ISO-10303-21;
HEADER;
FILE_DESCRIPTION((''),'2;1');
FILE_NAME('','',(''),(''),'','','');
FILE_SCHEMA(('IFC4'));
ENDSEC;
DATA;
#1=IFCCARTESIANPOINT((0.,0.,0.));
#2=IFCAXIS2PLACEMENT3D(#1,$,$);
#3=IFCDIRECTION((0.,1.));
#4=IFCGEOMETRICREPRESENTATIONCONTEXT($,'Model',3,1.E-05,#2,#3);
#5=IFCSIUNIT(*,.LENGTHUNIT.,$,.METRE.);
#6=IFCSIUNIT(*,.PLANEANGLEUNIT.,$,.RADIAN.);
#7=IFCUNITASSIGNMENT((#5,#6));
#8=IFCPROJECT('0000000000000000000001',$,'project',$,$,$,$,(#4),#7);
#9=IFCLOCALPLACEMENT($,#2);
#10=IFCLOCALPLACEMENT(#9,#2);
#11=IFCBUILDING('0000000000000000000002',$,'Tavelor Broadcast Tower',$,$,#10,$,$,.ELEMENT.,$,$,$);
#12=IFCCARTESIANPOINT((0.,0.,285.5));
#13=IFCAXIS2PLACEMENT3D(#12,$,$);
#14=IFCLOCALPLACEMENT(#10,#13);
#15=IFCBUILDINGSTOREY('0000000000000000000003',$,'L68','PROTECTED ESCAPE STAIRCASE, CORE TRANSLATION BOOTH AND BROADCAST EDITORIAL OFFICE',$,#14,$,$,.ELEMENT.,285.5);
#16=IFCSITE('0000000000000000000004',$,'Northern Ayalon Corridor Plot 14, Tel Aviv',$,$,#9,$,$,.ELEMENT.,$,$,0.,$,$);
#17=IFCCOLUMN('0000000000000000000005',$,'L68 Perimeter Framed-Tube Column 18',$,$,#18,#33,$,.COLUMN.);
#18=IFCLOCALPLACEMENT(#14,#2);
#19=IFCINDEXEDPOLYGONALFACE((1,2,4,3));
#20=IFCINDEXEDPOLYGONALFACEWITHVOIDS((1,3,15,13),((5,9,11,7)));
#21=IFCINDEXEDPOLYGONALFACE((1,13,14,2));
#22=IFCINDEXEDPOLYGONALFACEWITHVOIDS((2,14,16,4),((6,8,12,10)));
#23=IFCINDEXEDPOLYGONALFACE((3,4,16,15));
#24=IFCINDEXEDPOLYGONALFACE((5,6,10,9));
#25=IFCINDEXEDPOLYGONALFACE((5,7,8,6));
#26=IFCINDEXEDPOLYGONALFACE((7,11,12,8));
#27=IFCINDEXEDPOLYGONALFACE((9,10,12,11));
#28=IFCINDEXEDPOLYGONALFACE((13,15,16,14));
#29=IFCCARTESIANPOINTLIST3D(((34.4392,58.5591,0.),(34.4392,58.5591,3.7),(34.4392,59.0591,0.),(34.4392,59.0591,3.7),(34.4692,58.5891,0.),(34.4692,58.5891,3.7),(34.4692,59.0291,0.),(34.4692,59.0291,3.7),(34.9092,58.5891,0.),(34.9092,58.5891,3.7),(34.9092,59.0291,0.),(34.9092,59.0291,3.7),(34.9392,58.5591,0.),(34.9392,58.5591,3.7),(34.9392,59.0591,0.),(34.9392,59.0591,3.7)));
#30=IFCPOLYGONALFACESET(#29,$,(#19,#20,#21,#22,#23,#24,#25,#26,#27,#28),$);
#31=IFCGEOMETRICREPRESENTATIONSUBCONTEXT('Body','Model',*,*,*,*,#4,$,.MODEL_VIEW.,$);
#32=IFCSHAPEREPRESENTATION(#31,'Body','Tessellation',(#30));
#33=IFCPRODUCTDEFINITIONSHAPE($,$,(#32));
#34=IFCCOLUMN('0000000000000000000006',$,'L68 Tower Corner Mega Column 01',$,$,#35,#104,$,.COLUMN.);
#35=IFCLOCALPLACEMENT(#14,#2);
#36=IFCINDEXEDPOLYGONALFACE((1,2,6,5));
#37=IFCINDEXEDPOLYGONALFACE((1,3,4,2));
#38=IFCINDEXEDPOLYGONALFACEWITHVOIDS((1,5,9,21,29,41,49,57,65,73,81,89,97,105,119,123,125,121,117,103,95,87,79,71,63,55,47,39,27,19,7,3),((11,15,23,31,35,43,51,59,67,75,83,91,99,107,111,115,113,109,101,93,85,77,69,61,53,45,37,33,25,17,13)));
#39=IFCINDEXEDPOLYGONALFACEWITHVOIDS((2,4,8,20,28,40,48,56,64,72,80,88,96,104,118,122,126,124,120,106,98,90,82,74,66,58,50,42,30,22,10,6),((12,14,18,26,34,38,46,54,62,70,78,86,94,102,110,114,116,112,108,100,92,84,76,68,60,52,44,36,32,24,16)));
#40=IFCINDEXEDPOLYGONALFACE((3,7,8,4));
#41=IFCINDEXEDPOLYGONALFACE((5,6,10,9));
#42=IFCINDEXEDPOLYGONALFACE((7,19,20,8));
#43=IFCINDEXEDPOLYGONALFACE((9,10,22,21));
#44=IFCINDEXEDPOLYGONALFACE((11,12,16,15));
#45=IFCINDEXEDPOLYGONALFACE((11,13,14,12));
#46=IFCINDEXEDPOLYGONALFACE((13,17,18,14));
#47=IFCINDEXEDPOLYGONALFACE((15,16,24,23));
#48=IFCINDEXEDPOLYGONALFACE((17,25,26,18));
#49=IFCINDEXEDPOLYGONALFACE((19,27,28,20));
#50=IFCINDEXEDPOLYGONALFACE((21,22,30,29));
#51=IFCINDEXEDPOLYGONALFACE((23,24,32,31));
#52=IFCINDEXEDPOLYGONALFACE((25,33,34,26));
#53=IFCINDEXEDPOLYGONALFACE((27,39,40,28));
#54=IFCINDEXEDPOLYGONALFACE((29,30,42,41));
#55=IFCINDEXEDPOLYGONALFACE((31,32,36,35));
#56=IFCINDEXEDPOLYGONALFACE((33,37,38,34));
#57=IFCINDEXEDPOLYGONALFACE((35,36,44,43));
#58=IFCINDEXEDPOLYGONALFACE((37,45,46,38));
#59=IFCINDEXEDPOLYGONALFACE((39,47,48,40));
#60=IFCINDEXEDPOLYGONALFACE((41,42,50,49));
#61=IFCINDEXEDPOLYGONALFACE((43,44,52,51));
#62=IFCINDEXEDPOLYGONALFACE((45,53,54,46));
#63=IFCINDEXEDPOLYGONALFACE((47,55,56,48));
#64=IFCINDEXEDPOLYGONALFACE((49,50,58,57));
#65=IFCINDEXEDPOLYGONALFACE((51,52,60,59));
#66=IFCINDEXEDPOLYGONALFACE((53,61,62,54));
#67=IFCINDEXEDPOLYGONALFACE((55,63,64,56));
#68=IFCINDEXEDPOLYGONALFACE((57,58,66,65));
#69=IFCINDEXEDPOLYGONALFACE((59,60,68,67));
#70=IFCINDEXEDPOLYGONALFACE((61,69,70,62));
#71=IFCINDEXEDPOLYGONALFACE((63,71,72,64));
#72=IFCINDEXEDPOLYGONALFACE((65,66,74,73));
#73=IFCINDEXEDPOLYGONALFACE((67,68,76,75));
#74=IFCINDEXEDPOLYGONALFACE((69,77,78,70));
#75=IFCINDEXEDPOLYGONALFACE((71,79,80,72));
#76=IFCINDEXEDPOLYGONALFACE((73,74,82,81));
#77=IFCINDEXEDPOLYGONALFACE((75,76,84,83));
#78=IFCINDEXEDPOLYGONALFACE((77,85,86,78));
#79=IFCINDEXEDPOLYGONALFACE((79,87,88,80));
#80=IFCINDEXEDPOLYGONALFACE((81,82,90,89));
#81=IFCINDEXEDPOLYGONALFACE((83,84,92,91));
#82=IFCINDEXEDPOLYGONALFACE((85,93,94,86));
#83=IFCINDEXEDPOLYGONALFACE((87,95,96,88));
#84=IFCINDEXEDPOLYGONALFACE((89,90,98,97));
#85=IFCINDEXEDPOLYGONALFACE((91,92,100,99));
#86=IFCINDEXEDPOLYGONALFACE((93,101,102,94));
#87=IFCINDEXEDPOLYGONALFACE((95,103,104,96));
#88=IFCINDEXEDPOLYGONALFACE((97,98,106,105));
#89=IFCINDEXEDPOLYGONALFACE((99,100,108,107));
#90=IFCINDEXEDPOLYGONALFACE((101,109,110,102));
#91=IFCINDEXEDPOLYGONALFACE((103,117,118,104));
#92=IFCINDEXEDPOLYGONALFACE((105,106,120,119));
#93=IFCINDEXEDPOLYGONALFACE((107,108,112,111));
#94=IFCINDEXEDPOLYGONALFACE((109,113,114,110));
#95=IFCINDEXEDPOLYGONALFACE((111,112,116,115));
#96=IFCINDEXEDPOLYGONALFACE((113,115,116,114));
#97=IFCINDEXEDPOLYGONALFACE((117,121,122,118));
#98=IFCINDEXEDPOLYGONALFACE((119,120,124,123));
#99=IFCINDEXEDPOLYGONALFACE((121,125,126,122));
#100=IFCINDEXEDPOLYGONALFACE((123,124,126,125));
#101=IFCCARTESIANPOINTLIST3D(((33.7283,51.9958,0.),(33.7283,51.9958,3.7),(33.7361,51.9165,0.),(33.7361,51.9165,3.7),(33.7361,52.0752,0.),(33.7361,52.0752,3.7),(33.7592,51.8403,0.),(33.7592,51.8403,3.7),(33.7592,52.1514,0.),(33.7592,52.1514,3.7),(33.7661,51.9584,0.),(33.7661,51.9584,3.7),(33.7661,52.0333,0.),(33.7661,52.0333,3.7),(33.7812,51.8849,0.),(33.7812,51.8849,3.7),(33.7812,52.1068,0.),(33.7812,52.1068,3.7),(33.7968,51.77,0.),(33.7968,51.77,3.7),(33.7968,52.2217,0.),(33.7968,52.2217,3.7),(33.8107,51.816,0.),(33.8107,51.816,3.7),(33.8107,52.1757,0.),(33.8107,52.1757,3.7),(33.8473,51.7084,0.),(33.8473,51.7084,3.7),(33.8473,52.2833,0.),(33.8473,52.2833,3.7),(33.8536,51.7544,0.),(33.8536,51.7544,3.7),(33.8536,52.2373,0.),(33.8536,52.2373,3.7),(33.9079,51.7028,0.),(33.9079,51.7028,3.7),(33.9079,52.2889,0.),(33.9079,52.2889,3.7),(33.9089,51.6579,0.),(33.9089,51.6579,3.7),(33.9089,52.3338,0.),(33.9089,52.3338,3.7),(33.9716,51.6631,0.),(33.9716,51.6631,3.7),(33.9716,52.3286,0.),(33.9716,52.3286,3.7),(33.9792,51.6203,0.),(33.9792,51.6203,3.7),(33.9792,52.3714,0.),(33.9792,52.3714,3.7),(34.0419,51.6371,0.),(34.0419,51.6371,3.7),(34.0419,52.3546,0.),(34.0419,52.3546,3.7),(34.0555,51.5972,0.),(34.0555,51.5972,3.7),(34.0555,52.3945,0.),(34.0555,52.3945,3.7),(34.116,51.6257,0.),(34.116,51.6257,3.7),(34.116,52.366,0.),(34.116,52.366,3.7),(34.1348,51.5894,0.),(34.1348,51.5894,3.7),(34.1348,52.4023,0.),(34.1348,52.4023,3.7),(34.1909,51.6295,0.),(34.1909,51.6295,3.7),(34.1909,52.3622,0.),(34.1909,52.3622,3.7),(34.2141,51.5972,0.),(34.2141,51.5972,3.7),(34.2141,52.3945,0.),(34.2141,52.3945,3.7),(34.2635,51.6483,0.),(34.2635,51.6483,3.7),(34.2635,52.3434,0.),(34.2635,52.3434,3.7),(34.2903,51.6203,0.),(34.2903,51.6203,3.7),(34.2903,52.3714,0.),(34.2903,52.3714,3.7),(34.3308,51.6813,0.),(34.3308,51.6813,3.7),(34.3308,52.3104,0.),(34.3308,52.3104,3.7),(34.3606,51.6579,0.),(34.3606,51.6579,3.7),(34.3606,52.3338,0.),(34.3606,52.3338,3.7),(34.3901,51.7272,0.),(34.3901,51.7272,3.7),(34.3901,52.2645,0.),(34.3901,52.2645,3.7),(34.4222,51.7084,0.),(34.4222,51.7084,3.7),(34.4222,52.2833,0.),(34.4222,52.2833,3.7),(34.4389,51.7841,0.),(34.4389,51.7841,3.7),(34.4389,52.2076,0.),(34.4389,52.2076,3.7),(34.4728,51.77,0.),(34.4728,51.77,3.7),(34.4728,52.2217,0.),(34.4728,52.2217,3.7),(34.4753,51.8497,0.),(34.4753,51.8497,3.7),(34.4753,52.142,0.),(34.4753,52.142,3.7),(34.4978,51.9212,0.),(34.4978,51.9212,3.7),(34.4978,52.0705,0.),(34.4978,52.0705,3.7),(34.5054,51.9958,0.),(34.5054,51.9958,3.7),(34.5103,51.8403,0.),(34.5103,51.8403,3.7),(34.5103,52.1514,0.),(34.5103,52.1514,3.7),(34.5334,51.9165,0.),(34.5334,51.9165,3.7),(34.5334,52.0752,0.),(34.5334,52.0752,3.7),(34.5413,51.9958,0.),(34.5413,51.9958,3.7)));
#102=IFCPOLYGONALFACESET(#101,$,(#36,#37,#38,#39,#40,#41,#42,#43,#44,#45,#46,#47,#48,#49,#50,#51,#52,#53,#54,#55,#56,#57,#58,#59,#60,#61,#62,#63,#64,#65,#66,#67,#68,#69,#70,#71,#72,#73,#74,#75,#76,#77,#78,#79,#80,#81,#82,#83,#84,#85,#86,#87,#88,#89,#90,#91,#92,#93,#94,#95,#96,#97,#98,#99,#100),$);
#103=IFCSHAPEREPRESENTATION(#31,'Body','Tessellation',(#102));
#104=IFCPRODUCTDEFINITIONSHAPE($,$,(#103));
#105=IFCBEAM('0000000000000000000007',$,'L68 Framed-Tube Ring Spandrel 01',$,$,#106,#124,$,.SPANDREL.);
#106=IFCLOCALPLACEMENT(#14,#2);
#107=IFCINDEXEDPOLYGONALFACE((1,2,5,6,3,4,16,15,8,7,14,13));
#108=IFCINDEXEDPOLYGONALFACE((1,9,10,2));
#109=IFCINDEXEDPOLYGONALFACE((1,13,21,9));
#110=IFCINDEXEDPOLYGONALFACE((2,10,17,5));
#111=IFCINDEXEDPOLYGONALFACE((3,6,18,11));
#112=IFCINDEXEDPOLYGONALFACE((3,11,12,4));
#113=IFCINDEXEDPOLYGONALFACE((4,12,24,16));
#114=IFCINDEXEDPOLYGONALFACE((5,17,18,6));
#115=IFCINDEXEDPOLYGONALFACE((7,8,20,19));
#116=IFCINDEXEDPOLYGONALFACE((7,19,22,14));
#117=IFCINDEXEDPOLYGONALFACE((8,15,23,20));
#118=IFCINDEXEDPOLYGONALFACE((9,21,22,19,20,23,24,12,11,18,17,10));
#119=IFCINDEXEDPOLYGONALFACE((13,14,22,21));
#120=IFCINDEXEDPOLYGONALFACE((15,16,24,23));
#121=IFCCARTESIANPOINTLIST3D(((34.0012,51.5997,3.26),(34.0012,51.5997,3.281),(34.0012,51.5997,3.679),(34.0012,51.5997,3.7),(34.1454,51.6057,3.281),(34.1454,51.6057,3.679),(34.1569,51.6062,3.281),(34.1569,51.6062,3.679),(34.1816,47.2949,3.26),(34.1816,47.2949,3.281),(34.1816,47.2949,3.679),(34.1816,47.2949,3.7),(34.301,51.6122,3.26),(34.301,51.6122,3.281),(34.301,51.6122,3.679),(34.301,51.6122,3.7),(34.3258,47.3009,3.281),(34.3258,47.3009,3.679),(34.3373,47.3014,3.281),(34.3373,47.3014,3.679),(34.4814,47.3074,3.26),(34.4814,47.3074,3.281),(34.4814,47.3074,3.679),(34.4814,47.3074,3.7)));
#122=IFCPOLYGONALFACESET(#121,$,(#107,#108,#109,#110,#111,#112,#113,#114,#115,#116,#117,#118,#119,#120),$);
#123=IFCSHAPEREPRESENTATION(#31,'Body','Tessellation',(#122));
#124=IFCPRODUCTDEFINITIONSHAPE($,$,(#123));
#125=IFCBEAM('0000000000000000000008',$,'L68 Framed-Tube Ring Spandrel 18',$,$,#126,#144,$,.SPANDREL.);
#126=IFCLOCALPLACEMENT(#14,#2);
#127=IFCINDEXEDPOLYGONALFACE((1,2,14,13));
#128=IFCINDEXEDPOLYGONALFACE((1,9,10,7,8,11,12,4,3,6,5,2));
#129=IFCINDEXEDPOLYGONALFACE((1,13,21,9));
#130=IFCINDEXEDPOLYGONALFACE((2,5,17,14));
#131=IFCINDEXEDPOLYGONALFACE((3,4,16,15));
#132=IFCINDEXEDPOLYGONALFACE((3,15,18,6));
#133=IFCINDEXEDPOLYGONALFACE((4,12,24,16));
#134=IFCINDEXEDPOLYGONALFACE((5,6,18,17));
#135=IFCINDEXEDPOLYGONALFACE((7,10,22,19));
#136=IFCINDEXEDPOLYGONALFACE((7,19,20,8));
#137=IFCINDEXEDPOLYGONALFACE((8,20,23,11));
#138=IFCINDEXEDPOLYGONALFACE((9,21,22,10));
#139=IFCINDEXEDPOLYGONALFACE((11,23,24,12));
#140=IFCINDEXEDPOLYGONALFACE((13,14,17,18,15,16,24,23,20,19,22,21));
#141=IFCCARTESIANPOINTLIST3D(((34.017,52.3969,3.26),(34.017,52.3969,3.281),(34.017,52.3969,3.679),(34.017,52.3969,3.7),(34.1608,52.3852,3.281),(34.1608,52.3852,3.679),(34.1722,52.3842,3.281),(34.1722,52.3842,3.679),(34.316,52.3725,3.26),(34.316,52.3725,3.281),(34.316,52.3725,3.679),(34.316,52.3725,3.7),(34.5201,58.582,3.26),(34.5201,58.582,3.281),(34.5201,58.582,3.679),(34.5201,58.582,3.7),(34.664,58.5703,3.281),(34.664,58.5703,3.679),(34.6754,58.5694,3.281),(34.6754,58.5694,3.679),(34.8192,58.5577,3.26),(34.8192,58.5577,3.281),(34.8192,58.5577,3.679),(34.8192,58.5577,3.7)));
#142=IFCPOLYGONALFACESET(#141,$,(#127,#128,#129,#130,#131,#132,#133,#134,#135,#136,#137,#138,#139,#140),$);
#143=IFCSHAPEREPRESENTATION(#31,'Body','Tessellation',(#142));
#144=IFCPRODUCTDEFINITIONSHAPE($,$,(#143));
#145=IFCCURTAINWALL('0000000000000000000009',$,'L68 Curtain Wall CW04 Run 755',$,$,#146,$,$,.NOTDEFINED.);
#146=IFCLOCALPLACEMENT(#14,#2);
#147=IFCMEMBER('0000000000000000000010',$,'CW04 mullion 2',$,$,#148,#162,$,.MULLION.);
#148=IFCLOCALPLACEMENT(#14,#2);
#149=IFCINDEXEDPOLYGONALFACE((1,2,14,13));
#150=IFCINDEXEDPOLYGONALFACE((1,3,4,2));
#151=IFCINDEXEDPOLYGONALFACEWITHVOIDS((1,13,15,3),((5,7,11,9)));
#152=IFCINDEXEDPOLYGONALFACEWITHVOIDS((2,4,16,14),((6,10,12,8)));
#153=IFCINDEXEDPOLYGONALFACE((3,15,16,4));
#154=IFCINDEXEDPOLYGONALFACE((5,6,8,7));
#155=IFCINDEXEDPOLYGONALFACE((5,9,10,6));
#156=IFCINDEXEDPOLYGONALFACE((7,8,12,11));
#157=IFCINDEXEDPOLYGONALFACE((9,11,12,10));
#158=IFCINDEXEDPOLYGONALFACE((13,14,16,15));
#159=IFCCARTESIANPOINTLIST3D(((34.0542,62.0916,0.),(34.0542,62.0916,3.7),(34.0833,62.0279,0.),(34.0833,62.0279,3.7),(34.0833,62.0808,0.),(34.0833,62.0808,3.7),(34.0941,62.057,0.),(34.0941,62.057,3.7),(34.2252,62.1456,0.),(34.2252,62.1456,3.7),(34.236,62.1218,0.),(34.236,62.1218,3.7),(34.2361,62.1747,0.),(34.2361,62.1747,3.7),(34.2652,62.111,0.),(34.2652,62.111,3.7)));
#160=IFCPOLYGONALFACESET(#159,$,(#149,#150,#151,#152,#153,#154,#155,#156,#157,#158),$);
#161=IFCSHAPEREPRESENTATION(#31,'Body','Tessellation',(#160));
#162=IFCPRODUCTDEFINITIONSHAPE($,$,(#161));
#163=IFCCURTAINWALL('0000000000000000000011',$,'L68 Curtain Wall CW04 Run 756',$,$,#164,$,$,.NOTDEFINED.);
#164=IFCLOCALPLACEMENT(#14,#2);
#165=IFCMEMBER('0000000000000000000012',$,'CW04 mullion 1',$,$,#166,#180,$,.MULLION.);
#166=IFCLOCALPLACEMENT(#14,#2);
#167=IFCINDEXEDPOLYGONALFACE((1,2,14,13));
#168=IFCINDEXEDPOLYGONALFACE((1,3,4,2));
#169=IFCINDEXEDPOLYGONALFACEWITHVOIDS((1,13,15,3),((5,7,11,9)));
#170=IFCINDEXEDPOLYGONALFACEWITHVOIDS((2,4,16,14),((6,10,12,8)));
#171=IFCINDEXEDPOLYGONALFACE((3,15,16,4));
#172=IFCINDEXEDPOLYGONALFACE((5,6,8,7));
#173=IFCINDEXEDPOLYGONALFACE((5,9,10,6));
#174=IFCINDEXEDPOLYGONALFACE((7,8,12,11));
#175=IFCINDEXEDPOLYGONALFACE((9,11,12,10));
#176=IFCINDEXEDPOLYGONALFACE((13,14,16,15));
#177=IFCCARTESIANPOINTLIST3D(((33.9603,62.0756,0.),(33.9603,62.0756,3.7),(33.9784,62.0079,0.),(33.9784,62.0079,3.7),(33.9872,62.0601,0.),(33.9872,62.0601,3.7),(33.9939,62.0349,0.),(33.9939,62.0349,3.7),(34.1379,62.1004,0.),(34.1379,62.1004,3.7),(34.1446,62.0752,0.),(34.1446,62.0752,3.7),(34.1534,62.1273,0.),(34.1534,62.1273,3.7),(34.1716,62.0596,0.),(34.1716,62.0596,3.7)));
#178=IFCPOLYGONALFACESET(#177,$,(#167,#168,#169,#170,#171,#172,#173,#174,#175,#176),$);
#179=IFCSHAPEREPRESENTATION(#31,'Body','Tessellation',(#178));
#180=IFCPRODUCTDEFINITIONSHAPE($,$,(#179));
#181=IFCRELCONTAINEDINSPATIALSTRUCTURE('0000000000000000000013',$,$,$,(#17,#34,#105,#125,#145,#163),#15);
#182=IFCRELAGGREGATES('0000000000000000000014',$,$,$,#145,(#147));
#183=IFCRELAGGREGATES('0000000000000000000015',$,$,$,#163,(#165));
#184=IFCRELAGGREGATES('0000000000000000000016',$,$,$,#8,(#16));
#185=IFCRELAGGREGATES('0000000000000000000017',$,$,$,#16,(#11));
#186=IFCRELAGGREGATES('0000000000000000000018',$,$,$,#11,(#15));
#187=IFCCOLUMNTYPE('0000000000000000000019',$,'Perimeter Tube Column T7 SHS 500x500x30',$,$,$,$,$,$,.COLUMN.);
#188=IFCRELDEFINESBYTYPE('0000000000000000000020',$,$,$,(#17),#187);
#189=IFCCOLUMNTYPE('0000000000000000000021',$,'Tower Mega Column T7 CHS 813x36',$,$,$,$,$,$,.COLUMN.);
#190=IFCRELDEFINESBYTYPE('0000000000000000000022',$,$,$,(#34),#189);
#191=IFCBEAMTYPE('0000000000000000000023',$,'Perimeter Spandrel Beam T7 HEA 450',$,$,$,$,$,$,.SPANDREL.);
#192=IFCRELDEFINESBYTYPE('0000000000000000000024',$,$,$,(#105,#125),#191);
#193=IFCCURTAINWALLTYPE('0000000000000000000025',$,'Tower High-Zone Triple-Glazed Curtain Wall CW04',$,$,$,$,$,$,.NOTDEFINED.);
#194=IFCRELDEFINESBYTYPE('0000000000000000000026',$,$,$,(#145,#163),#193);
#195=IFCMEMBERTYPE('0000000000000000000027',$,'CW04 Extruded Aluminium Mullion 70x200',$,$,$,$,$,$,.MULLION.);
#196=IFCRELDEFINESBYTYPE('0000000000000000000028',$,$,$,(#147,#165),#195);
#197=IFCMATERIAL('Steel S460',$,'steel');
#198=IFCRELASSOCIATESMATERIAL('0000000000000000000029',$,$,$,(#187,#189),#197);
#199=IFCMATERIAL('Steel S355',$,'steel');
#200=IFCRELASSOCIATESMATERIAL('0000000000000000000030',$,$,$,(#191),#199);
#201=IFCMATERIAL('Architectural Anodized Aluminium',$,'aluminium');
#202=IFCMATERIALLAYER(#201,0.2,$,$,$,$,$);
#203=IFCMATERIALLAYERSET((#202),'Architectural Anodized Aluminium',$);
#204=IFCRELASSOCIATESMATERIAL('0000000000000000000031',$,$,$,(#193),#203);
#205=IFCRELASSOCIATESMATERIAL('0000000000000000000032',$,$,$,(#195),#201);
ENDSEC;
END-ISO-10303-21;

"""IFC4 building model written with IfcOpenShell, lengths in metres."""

from ifc_helpers import new_model, si_unit, direction, frame, origin, origin_2d, place, context, subcontext, project, spatial, hollow_rectangle, hollow_circle, i_section, extrude, source, transform, mapped, material, layer, layer_set, material_profile, profile_set, type_object, type_shapes, element, aggregate, save


model = new_model("IFC4")

# Units and contexts
model_context = context("Model", 3, precision=1e-05, world=origin(), true_north=direction((0.0, 1.0)))
body_context = subcontext(model_context, "Body", "Model", "MODEL_VIEW")
ifc_project = project(units=[si_unit("LENGTHUNIT", "METRE"), si_unit("PLANEANGLEUNIT", "RADIAN")], contexts=[model_context])

# Site, building, storey
site_placement = place(None, origin())
site = spatial("IfcSite", under=ifc_project, at=site_placement, Name="Northern Ayalon Corridor Plot 14, Tel Aviv", CompositionType="ELEMENT", RefElevation=0.0)
building_placement = place(site_placement, origin())
building = spatial("IfcBuilding", under=site, at=building_placement, Name="Tavelor Broadcast Tower", CompositionType="ELEMENT")
storey_placement = place(building_placement, frame((0.0, 0.0, 285.5)))
storey = spatial("IfcBuildingStorey", under=building, at=storey_placement, Name="L68", Description="PROTECTED ESCAPE STAIRCASE, CORE TRANSLATION BOOTH AND BROADCAST EDITORIAL OFFICE", CompositionType="ELEMENT", Elevation=285.5)

# Columns
ifc_material_1 = material(Name="Steel S460", Category="steel")
ifc_material_profile_1 = material_profile(ifc_material_1, hollow_rectangle(XDim=0.5, YDim=0.5, WallThickness=0.03, at=origin_2d()), Name="SHS 500x500x30")
ifc_profile_set_1 = profile_set([ifc_material_profile_1], Name="Steel S460")
column_type_1 = type_object("IfcColumnType", Name="Perimeter Tube Column T7 SHS 500x500x30", PredefinedType="COLUMN", material=ifc_profile_set_1)
column_1_placement = place(storey_placement, frame((34.6892, 58.8091, 0.0), z_axis=(0.0, 0.0, 1.0), x_axis=(1.0, 0.0, 0.0)))
element("IfcColumn", 1, at=column_1_placement, inside=storey, type_object=column_type_1, Name="L68 Perimeter Framed-Tube Column 18", PredefinedType="COLUMN", context=body_context, shape_type="SweptSolid", body=[
    extrude(hollow_rectangle(XDim=0.5, YDim=0.5, WallThickness=0.03, at=origin_2d()), origin(), (0.0, 0.0, 1.0), 3.7),
])
ifc_material_profile_2 = material_profile(ifc_material_1, hollow_circle(Radius=0.4065, WallThickness=0.0359, at=origin_2d()), Name="CHS 813x36")
ifc_profile_set_2 = profile_set([ifc_material_profile_2], Name="Steel S460")
column_type_2 = type_object("IfcColumnType", Name="Tower Mega Column T7 CHS 813x36", PredefinedType="COLUMN", material=ifc_profile_set_2)
column_2_placement = place(storey_placement, frame((34.1348, 51.9958, 0.0), z_axis=(0.0, 0.0, 1.0), x_axis=(1.0, 0.0, 0.0)))
element("IfcColumn", 2, at=column_2_placement, inside=storey, type_object=column_type_2, Name="L68 Tower Corner Mega Column 01", PredefinedType="COLUMN", context=body_context, shape_type="SweptSolid", body=[
    extrude(hollow_circle(Radius=0.4065, WallThickness=0.0359, at=origin_2d()), origin(), (0.0, 0.0, 1.0), 3.7),
])

# Beams
ifc_material_2 = material(Name="Steel S355", Category="steel")
ifc_material_profile_3 = material_profile(ifc_material_2, i_section(OverallWidth=0.3, OverallDepth=0.4399, WebThickness=0.0115, FlangeThickness=0.021, at=origin_2d()), Name="HEA 450")
ifc_profile_set_3 = profile_set([ifc_material_profile_3], Name="Steel S355")
beam_type = type_object("IfcBeamType", Name="Perimeter Spandrel Beam T7 HEA 450", PredefinedType="SPANDREL", material=ifc_profile_set_3)
beam_1_placement = place(storey_placement, frame((34.1511, 51.606, 3.48), z_axis=(0.041873, -0.999123, 0.0), x_axis=(0.999123, 0.041873, 0.0)))
element("IfcBeam", 3, at=beam_1_placement, inside=storey, type_object=beam_type, Name="L68 Framed-Tube Ring Spandrel 01", PredefinedType="SPANDREL", context=body_context, shape_type="SweptSolid", body=[
    extrude(i_section(OverallWidth=0.3, OverallDepth=0.4399, WebThickness=0.0115, FlangeThickness=0.021, at=origin_2d()), origin(), (0.0, 0.0, 1.0), 4.3086),
])
beam_2_placement = place(storey_placement, frame((34.6697, 58.5698, 3.48), z_axis=(-0.081085, -0.996707, 0.0), x_axis=(0.996707, -0.081085, 0.0)))
element("IfcBeam", 4, at=beam_2_placement, inside=storey, type_object=beam_type, Name="L68 Framed-Tube Ring Spandrel 18", PredefinedType="SPANDREL", context=body_context, shape_type="SweptSolid", body=[
    extrude(i_section(OverallWidth=0.3, OverallDepth=0.4399, WebThickness=0.0115, FlangeThickness=0.021, at=origin_2d()), origin(), (0.0, 0.0, 1.0), 6.2056),
])

# Curtain wall, member
ifc_material_3 = material(Name="Architectural Anodized Aluminium", Category="aluminium")
ifc_layer_1 = layer(ifc_material_3, 0.2)
ifc_layer_set_1 = layer_set([ifc_layer_1], Name="Architectural Anodized Aluminium")
curtain_wall_type = type_object("IfcCurtainWallType", Name="Tower High-Zone Triple-Glazed Curtain Wall CW04", PredefinedType="NOTDEFINED", material=ifc_layer_set_1)
curtain_wall_1_placement = place(storey_placement, origin())
curtain_wall_1 = element("IfcCurtainWall", 5, at=curtain_wall_1_placement, inside=storey, type_object=curtain_wall_type, Name="L68 Curtain Wall CW04 Run 755", PredefinedType="NOTDEFINED")
ifc_material_profile_4 = material_profile(ifc_material_3, hollow_rectangle(XDim=0.0701, YDim=0.2, WallThickness=0.022, at=origin_2d()), Name="RHS 70x200x22")
ifc_profile_set_4 = profile_set([ifc_material_profile_4], Name="Architectural Anodized Aluminium")
member_type_1 = type_object("IfcMemberType", Name="CW04 Extruded Aluminium Mullion 70x200", PredefinedType="MULLION", material=ifc_profile_set_4)
shared_shape_1 = source(origin(), body_context, "Body", "SweptSolid", [
    extrude(hollow_rectangle(XDim=0.0701, YDim=0.2, WallThickness=0.022, at=origin_2d()), origin(), (0.0, 0.0, 1.0), 3.7),
])
type_shapes(member_type_1, [shared_shape_1])
member_1_placement = place(storey_placement, frame((34.1597, 62.1013, 0.0), z_axis=(0.0, 0.0, 1.0), x_axis=(0.415462, -0.909611, 0.0)))
member_1 = element("IfcMember", 6, at=member_1_placement, type_object=member_type_1, Name="CW04 mullion 2", PredefinedType="MULLION", context=body_context, shape_type="MappedRepresentation", body=[
    mapped(shared_shape_1, transform((0.0, 0.0, 0.0), scale=1.0)),
])
aggregate(curtain_wall_1, [member_1])

# Curtain wall, member
curtain_wall_2_placement = place(storey_placement, origin())
curtain_wall_2 = element("IfcCurtainWall", 7, at=curtain_wall_2_placement, inside=storey, type_object=curtain_wall_type, Name="L68 Curtain Wall CW04 Run 756", PredefinedType="NOTDEFINED")
member_2_placement = place(storey_placement, frame((34.0659, 62.0676, 0.0), z_axis=(0.0, 0.0, 1.0), x_axis=(0.258434, -0.966029, 0.0)))
member_2 = element("IfcMember", 8, at=member_2_placement, type_object=member_type_1, Name="CW04 mullion 1", PredefinedType="MULLION", context=body_context, shape_type="MappedRepresentation", body=[
    mapped(shared_shape_1, transform((0.0, 0.0, 0.0), scale=1.0)),
])

aggregate(curtain_wall_2, [member_2])

save(model, "model.ifc")
